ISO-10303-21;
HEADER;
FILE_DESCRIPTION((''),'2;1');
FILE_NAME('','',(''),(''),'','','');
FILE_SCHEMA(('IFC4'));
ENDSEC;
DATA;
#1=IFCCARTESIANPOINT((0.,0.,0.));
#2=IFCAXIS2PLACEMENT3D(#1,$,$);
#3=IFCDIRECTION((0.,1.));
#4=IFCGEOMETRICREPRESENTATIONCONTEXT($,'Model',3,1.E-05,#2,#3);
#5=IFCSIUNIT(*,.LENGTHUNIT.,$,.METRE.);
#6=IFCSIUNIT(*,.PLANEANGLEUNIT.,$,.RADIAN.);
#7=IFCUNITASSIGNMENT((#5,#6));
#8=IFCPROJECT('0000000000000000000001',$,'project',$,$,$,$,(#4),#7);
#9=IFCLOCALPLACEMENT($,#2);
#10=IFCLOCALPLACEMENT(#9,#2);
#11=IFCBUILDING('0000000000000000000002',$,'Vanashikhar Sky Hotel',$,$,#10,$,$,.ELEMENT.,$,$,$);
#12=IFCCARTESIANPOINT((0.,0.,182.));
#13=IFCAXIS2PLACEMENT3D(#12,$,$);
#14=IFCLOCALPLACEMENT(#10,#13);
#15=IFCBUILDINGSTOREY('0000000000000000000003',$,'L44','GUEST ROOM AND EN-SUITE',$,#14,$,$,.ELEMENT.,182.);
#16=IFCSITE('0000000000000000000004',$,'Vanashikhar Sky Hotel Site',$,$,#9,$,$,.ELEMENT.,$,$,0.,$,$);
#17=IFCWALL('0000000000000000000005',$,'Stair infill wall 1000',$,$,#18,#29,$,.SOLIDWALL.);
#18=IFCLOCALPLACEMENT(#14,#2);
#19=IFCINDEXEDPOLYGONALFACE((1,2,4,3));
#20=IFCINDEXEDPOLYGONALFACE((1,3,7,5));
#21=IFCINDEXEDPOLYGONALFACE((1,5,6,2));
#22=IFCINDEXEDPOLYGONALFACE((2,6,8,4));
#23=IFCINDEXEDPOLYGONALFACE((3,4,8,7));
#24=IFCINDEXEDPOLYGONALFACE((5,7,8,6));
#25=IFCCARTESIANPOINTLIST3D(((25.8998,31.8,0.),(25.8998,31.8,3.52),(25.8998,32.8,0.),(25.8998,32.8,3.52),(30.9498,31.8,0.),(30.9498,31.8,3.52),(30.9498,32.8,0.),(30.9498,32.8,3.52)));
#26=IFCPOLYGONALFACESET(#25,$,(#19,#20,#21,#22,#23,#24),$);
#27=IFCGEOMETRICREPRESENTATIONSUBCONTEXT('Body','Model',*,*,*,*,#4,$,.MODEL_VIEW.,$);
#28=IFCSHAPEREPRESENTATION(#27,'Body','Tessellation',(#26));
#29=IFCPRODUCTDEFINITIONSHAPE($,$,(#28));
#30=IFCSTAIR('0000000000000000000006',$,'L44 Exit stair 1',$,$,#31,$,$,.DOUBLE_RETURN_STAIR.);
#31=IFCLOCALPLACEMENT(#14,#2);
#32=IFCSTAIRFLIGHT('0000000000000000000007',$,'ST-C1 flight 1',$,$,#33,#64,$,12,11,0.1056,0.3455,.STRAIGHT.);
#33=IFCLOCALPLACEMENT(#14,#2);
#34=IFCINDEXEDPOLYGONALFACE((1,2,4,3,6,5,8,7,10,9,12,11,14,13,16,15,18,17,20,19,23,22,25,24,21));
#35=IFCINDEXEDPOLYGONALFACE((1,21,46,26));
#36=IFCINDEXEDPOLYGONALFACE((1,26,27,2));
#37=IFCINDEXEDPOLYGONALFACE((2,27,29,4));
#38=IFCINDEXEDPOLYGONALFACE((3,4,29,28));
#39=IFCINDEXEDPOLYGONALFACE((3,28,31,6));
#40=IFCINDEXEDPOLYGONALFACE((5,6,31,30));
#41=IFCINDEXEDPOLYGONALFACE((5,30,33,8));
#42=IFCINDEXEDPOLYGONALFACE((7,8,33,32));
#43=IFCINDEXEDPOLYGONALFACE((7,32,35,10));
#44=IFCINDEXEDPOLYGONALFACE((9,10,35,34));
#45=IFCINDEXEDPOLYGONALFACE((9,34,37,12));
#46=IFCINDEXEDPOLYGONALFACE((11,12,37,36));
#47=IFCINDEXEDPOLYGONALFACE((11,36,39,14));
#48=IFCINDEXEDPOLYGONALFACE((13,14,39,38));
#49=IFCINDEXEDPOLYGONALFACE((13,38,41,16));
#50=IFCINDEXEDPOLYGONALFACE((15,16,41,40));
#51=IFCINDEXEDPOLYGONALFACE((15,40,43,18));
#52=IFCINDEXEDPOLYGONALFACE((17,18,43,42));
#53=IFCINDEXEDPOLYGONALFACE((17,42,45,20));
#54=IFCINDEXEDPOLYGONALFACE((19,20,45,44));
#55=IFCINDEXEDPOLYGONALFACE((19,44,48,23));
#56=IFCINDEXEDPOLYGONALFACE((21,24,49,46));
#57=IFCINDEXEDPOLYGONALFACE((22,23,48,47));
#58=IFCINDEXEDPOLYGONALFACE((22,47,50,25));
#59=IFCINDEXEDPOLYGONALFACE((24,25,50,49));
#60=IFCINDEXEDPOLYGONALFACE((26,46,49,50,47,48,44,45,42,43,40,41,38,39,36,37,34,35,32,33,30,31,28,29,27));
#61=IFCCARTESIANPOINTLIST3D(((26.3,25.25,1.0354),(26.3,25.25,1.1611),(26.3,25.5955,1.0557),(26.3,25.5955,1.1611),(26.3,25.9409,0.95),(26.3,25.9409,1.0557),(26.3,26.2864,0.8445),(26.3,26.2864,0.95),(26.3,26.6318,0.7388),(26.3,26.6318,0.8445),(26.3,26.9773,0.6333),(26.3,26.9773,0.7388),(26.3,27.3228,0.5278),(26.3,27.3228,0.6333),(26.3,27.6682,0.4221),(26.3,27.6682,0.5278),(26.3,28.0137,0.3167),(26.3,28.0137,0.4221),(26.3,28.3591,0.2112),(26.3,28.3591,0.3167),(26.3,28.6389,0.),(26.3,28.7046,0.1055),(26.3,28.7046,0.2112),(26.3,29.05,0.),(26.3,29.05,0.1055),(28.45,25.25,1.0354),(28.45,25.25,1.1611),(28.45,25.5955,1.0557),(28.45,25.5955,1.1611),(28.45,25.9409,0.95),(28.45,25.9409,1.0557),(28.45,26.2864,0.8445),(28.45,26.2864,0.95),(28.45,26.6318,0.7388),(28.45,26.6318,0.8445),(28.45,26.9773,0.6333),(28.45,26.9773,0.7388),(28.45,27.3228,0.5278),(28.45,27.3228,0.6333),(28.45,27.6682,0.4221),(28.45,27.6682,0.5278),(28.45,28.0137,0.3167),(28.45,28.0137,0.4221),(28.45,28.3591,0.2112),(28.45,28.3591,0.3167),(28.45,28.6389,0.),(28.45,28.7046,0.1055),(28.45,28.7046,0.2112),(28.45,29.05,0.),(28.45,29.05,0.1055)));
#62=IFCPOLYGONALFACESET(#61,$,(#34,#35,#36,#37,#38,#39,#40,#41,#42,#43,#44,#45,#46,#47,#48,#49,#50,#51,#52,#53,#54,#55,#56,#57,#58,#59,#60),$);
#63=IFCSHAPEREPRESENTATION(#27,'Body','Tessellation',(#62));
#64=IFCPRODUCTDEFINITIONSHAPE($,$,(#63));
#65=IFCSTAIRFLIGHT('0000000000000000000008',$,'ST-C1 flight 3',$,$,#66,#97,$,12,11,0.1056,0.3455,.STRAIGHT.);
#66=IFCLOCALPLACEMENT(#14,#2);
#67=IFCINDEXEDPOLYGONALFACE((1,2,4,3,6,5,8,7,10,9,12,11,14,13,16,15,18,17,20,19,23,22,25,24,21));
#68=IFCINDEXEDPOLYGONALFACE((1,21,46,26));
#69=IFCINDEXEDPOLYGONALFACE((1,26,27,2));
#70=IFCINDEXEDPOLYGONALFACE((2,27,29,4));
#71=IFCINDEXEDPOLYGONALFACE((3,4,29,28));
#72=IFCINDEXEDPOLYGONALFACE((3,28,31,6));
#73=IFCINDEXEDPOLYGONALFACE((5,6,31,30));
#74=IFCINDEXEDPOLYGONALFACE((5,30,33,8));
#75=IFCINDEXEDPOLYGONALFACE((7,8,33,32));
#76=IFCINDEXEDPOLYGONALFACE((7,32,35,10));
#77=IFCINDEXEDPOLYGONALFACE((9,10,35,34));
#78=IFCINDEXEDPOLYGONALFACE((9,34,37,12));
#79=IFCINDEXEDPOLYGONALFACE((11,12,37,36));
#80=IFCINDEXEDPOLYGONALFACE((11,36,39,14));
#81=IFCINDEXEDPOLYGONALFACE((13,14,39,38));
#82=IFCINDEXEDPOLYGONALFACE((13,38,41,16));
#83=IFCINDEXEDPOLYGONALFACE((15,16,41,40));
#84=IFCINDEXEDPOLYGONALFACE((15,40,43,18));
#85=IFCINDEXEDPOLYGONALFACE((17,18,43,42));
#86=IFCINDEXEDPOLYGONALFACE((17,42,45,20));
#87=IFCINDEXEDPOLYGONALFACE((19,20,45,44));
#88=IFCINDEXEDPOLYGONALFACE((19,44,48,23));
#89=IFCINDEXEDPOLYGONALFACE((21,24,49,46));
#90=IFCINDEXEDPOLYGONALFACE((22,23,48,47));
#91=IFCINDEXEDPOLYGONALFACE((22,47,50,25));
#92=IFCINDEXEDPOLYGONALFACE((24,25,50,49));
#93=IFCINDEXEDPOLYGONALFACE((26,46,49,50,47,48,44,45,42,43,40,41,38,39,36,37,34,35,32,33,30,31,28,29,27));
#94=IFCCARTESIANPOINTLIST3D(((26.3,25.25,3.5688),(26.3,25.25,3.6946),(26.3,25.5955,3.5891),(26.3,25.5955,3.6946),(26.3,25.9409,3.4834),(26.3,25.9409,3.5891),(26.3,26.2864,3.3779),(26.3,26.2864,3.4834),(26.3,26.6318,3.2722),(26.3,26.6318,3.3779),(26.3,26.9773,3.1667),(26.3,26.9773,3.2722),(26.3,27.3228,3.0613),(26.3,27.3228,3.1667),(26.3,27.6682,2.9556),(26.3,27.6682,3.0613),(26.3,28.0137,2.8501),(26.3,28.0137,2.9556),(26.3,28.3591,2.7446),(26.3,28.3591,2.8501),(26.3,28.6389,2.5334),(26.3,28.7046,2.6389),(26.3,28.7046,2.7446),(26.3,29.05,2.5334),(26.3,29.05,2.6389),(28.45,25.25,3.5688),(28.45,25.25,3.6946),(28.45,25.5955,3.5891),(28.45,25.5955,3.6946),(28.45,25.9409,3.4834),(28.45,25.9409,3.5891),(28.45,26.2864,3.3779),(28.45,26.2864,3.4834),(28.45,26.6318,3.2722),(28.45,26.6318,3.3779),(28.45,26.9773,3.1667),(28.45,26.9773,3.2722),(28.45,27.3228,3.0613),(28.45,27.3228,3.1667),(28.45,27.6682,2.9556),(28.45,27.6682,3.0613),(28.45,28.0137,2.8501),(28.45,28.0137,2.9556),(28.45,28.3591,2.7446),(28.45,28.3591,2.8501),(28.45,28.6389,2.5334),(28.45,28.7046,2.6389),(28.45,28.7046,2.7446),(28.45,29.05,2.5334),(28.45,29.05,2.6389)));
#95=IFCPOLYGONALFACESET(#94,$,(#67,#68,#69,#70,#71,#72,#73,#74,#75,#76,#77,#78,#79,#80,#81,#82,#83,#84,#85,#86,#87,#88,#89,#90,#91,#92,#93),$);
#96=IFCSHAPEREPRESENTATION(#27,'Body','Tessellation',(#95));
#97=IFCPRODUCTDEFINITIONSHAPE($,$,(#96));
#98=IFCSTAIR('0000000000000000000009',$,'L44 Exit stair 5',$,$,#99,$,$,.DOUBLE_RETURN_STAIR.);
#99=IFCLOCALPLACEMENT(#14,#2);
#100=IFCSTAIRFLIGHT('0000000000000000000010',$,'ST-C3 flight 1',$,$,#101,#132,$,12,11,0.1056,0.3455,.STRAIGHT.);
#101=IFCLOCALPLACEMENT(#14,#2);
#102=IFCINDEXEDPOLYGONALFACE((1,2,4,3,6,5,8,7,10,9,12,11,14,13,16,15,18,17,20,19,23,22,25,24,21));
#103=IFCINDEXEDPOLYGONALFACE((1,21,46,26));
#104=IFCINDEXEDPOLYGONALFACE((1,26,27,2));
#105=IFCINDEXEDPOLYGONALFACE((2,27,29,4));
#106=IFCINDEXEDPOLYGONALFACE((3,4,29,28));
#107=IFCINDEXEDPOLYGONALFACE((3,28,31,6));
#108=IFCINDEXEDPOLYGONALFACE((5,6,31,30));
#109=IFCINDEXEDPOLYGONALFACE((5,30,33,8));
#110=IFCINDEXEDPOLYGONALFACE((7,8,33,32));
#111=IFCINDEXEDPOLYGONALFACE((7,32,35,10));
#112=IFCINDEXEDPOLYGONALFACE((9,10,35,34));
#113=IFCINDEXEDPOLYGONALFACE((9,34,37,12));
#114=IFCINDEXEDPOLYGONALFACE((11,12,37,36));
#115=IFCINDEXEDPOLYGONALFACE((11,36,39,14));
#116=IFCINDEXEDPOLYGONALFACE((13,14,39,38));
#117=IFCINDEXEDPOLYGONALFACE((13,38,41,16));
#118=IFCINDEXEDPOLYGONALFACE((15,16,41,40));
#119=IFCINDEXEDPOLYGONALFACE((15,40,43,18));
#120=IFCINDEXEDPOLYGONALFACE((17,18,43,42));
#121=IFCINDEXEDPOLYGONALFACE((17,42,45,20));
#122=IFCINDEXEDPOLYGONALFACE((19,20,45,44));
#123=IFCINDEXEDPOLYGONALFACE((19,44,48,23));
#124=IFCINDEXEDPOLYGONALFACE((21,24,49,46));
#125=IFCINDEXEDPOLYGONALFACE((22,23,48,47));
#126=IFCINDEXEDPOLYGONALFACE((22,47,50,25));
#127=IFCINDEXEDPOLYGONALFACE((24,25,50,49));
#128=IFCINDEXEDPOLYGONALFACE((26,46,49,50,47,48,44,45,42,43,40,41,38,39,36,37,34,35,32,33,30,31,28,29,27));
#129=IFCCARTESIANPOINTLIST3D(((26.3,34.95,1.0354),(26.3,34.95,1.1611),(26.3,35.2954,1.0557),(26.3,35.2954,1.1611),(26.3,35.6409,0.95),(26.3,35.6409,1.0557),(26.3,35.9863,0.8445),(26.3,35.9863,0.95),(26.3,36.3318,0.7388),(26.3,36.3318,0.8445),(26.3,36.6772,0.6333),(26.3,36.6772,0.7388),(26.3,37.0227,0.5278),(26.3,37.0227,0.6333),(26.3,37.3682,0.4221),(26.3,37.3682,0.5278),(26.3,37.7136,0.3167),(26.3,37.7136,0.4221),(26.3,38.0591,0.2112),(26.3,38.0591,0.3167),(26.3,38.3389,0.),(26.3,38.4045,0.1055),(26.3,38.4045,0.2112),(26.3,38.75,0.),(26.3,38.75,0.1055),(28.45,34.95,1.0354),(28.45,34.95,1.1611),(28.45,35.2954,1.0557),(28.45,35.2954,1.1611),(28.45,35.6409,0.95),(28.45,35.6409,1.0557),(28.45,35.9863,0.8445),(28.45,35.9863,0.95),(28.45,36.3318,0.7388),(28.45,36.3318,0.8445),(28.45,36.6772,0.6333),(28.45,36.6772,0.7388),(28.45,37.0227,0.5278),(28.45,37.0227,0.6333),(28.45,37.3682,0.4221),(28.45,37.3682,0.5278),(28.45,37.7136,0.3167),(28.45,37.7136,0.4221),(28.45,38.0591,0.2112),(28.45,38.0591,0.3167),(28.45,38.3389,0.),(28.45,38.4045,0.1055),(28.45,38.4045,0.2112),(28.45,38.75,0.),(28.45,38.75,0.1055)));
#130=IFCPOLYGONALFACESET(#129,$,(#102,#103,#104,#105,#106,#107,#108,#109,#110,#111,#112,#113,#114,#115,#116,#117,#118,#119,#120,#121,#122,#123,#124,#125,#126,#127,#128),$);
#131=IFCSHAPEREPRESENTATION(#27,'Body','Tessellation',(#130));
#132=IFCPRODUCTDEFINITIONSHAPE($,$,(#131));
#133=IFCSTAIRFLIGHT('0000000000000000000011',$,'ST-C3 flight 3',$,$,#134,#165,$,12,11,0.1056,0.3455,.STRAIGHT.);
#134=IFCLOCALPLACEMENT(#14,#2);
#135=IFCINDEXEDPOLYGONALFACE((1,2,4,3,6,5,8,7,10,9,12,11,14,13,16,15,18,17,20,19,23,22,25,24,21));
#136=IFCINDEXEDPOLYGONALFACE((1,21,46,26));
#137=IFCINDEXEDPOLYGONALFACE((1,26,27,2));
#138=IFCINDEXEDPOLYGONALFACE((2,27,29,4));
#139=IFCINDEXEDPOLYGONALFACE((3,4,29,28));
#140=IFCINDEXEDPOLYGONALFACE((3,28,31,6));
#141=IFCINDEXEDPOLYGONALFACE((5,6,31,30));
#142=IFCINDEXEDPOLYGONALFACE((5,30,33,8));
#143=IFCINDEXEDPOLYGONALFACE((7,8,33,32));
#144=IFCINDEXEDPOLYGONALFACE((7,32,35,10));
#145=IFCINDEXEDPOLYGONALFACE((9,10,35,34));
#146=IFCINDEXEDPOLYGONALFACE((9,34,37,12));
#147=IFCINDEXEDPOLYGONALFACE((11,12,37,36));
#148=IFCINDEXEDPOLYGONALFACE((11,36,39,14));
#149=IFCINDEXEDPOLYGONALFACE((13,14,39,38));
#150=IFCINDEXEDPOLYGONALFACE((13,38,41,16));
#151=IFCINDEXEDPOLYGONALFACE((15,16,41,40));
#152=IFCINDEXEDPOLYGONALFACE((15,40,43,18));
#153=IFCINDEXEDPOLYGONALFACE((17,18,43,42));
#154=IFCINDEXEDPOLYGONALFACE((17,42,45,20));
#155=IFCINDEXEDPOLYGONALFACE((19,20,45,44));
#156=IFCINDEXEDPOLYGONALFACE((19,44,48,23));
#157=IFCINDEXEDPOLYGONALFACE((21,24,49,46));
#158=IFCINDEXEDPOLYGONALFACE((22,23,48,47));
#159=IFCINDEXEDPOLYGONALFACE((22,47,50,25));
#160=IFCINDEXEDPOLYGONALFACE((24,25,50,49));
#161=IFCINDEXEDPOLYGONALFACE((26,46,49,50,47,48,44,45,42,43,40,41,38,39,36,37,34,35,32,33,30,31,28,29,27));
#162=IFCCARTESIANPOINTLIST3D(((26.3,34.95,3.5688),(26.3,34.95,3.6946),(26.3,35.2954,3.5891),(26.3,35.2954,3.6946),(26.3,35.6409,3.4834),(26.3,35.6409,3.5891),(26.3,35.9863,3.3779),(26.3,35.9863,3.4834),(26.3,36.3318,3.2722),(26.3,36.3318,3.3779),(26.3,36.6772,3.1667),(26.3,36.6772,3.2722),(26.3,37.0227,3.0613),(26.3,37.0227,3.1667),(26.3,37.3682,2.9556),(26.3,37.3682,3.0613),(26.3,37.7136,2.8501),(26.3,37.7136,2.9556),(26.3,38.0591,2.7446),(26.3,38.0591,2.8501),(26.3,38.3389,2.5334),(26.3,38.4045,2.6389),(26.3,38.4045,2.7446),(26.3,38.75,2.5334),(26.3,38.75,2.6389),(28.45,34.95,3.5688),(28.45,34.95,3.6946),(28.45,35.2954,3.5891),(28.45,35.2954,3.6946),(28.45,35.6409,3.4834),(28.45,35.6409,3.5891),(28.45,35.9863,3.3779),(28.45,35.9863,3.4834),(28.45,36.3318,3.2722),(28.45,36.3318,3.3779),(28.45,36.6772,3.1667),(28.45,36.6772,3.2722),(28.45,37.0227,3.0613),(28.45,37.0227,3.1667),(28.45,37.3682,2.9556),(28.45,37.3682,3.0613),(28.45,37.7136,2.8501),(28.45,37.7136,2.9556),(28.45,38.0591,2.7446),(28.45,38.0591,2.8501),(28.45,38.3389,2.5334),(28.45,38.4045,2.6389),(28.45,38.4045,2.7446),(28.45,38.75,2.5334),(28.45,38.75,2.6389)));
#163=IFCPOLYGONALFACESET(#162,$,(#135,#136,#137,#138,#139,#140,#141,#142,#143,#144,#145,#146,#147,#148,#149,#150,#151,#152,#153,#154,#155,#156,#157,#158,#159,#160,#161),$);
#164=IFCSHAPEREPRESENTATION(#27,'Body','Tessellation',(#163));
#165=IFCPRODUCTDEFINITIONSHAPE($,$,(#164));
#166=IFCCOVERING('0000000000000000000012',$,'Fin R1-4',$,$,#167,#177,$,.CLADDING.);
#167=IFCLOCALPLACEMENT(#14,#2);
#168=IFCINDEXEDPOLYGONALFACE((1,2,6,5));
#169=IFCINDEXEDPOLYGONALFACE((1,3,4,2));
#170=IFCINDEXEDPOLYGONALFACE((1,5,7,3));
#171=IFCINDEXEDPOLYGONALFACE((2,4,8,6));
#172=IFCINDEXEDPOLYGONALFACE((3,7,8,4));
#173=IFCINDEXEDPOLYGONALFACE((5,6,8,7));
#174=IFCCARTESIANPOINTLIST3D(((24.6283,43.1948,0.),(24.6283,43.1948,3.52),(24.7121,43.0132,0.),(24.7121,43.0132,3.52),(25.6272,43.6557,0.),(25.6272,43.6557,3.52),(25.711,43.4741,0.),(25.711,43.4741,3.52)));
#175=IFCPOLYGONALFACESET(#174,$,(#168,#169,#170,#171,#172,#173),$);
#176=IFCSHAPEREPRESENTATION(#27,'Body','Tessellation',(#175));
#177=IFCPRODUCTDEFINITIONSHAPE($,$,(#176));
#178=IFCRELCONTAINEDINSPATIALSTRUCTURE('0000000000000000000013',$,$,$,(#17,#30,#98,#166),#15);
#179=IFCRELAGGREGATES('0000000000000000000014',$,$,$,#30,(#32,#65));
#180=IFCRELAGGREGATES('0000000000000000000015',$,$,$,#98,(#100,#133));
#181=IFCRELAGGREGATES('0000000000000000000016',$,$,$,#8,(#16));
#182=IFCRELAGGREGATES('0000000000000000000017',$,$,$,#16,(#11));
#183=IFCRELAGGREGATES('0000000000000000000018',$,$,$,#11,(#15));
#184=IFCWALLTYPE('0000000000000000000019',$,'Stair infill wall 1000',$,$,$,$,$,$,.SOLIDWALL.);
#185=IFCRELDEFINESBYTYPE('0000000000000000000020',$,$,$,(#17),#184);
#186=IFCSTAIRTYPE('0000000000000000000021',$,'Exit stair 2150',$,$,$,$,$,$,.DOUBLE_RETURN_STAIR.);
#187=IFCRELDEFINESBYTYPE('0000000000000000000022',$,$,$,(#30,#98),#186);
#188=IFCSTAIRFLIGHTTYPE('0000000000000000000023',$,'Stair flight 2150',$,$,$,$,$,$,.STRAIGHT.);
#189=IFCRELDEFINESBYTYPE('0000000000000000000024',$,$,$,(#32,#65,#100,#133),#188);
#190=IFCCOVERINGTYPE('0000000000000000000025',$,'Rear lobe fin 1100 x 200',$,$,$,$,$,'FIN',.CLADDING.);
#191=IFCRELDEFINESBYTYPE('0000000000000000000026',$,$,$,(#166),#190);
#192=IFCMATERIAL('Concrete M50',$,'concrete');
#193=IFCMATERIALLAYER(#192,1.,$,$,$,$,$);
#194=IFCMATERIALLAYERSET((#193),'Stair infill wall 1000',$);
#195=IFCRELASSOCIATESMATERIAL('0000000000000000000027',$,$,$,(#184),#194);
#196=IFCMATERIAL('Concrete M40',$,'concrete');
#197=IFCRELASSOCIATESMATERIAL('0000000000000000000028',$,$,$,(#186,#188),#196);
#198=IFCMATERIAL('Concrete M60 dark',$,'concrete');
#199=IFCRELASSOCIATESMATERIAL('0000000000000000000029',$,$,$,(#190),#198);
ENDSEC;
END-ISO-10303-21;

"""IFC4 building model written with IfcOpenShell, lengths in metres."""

from ifc_helpers import new_model, si_unit, direction, frame, frame_2d, origin, origin_2d, place, context, subcontext, project, spatial, polyline, rectangle, outline, extrude, source, transform, mapped, material, layer, layer_set, material_profile, profile_set, type_object, element, aggregate, save


model = new_model("IFC4")

# Units and contexts
model_context = context("Model", 3, precision=1e-05, world=origin(), true_north=direction((0.0, 1.0)))
body_context = subcontext(model_context, "Body", "Model", "MODEL_VIEW")
ifc_project = project(units=[si_unit("LENGTHUNIT", "METRE"), si_unit("PLANEANGLEUNIT", "RADIAN")], contexts=[model_context])

# Site, building, storey
site_placement = place(None, origin())
site = spatial("IfcSite", under=ifc_project, at=site_placement, Name="Vanashikhar Sky Hotel Site", CompositionType="ELEMENT", RefElevation=0.0)
building_placement = place(site_placement, origin())
building = spatial("IfcBuilding", under=site, at=building_placement, Name="Vanashikhar Sky Hotel", CompositionType="ELEMENT")
storey_placement = place(building_placement, frame((0.0, 0.0, 182.0)))
storey = spatial("IfcBuildingStorey", under=building, at=storey_placement, Name="L44", Description="GUEST ROOM AND EN-SUITE", CompositionType="ELEMENT", Elevation=182.0)

# Shared definitions
ifc_material_1 = material(Name="Concrete M50", Category="concrete")

# Wall
ifc_layer_1 = layer(ifc_material_1, 1.0)
ifc_layer_set_1 = layer_set([ifc_layer_1], Name="Stair infill wall 1000")
wall_type_1 = type_object("IfcWallType", Name="Stair infill wall 1000", PredefinedType="SOLIDWALL", material=ifc_layer_set_1)
shared_shape_1 = source(origin(), body_context, "Body", "SweptSolid", [
    extrude(rectangle(XDim=5.05, YDim=1.0, at=frame_2d((2.5249, 0.0))), origin(), (0.0, 0.0, 1.0), 3.52),
])
wall_1_placement = place(storey_placement, frame((25.8999, 32.3, 0.0), z_axis=(0.0, 0.0, 1.0), x_axis=(1.0, 0.0, 0.0)))
element("IfcWall", 1, at=wall_1_placement, inside=storey, type_object=wall_type_1, Name="Stair infill wall 1000", PredefinedType="SOLIDWALL", context=body_context, shape_type="MappedRepresentation", body=[
    mapped(shared_shape_1, transform((0.0, 0.0, 0.0), scale=1.0)),
])

# Stairs, stair flights
ifc_material_2 = material(Name="Concrete M40", Category="concrete")
stair_type = type_object("IfcStairType", Name="Exit stair 2150", PredefinedType="DOUBLE_RETURN_STAIR", material=ifc_material_2)
stair_1_placement = place(storey_placement, origin())
stair_1 = element("IfcStair", 2, at=stair_1_placement, inside=storey, type_object=stair_type, Name="L44 Exit stair 1", PredefinedType="DOUBLE_RETURN_STAIR")
stair_flight_type = type_object("IfcStairFlightType", Name="Stair flight 2150", PredefinedType="STRAIGHT", material=ifc_material_2)
shared_shape_2 = source(origin(), body_context, "Body", "SweptSolid", [
    extrude(outline(polyline([(0.0, 0.0), (0.0, 0.1055), (0.3455, 0.1055), (0.3455, 0.2112), (0.6909, 0.2112), (0.6909, 0.3167), (1.0364, 0.3167), (1.0364, 0.4221), (1.3818, 0.4221), (1.3818, 0.5278), (1.7273, 0.5278), (1.7273, 0.6333), (2.0728, 0.6333), (2.0728, 0.7388), (2.4182, 0.7388), (2.4182, 0.8445), (2.7637, 0.8445), (2.7637, 0.95), (3.1091, 0.95), (3.1091, 1.0557), (3.4546, 1.0557), (3.4546, 1.1611), (3.8, 1.1611), (3.8, 1.2666), (3.8, 1.0354), (0.4111, 0.0), (0.0, 0.0)])), frame((0.0, 1.075, 0.0), z_axis=(0.0, -1.0, 0.0), x_axis=(1.0, 0.0, 0.0)), (0.0, 0.0, 1.0), 2.1499),
])
stair_flight_1_placement = place(storey_placement, frame((27.375, 29.05, 0.0), z_axis=(0.0, 0.0, 1.0), x_axis=(0.0, -1.0, 0.0)))
stair_flight_1 = element("IfcStairFlight", 3, at=stair_flight_1_placement, type_object=stair_flight_type, Name="ST-C1 flight 1", NumberOfRisers=12, NumberOfTreads=11, PredefinedType="STRAIGHT", RiserHeight=0.1056, TreadLength=0.3455, context=body_context, shape_type="MappedRepresentation", body=[
    mapped(shared_shape_2, transform((0.0, 0.0, 0.0), scale=1.0)),
])
stair_flight_2_placement = place(storey_placement, frame((27.375, 29.05, 2.5334), z_axis=(0.0, 0.0, 1.0), x_axis=(0.0, -1.0, 0.0)))
stair_flight_2 = element("IfcStairFlight", 4, at=stair_flight_2_placement, type_object=stair_flight_type, Name="ST-C1 flight 3", NumberOfRisers=12, NumberOfTreads=11, PredefinedType="STRAIGHT", RiserHeight=0.1056, TreadLength=0.3455, context=body_context, shape_type="MappedRepresentation", body=[
    mapped(shared_shape_2, transform((0.0, 0.0, 0.0), scale=1.0)),
])
aggregate(stair_1, [stair_flight_1, stair_flight_2])
stair_2_placement = place(storey_placement, origin())
stair_2 = element("IfcStair", 5, at=stair_2_placement, inside=storey, type_object=stair_type, Name="L44 Exit stair 5", PredefinedType="DOUBLE_RETURN_STAIR")
stair_flight_3_placement = place(storey_placement, frame((27.375, 38.75, 0.0), z_axis=(0.0, 0.0, 1.0), x_axis=(0.0, -1.0, 0.0)))
stair_flight_3 = element("IfcStairFlight", 6, at=stair_flight_3_placement, type_object=stair_flight_type, Name="ST-C3 flight 1", NumberOfRisers=12, NumberOfTreads=11, PredefinedType="STRAIGHT", RiserHeight=0.1056, TreadLength=0.3455, context=body_context, shape_type="MappedRepresentation", body=[
    mapped(shared_shape_2, transform((0.0, 0.0, 0.0), scale=1.0)),
])
stair_flight_4_placement = place(storey_placement, frame((27.375, 38.75, 2.5334), z_axis=(0.0, 0.0, 1.0), x_axis=(0.0, -1.0, 0.0)))
stair_flight_4 = element("IfcStairFlight", 7, at=stair_flight_4_placement, type_object=stair_flight_type, Name="ST-C3 flight 3", NumberOfRisers=12, NumberOfTreads=11, PredefinedType="STRAIGHT", RiserHeight=0.1056, TreadLength=0.3455, context=body_context, shape_type="MappedRepresentation", body=[
    mapped(shared_shape_2, transform((0.0, 0.0, 0.0), scale=1.0)),
])
aggregate(stair_2, [stair_flight_3, stair_flight_4])

# Covering
ifc_material_3 = material(Name="Concrete M60 dark", Category="concrete")
ifc_material_profile = material_profile(ifc_material_3, rectangle(XDim=1.1001, YDim=0.2, at=origin_2d()))
ifc_profile_set = profile_set([ifc_material_profile], Name="Rear lobe fin 1100 x 200")
covering_type = type_object("IfcCoveringType", Name="Rear lobe fin 1100 x 200", ElementType="FIN", PredefinedType="CLADDING", material=ifc_profile_set)
shared_shape_3 = source(origin(), body_context, "Body", "SweptSolid", [
    extrude(rectangle(XDim=1.1001, YDim=0.2, at=origin_2d()), origin(), (0.0, 0.0, 1.0), 3.52),
])
covering_placement = place(storey_placement, frame((25.1697, 43.3345, 0.0), z_axis=(0.0, 0.0, 1.0), x_axis=(0.908004, 0.418961, 0.0)))
element("IfcCovering", 8, at=covering_placement, inside=storey, type_object=covering_type, Name="Fin R1-4", PredefinedType="CLADDING", context=body_context, shape_type="MappedRepresentation", body=[
    mapped(shared_shape_3, transform((0.0, 0.0, 0.0), scale=1.0)),
])

save(model, "model.ifc")
